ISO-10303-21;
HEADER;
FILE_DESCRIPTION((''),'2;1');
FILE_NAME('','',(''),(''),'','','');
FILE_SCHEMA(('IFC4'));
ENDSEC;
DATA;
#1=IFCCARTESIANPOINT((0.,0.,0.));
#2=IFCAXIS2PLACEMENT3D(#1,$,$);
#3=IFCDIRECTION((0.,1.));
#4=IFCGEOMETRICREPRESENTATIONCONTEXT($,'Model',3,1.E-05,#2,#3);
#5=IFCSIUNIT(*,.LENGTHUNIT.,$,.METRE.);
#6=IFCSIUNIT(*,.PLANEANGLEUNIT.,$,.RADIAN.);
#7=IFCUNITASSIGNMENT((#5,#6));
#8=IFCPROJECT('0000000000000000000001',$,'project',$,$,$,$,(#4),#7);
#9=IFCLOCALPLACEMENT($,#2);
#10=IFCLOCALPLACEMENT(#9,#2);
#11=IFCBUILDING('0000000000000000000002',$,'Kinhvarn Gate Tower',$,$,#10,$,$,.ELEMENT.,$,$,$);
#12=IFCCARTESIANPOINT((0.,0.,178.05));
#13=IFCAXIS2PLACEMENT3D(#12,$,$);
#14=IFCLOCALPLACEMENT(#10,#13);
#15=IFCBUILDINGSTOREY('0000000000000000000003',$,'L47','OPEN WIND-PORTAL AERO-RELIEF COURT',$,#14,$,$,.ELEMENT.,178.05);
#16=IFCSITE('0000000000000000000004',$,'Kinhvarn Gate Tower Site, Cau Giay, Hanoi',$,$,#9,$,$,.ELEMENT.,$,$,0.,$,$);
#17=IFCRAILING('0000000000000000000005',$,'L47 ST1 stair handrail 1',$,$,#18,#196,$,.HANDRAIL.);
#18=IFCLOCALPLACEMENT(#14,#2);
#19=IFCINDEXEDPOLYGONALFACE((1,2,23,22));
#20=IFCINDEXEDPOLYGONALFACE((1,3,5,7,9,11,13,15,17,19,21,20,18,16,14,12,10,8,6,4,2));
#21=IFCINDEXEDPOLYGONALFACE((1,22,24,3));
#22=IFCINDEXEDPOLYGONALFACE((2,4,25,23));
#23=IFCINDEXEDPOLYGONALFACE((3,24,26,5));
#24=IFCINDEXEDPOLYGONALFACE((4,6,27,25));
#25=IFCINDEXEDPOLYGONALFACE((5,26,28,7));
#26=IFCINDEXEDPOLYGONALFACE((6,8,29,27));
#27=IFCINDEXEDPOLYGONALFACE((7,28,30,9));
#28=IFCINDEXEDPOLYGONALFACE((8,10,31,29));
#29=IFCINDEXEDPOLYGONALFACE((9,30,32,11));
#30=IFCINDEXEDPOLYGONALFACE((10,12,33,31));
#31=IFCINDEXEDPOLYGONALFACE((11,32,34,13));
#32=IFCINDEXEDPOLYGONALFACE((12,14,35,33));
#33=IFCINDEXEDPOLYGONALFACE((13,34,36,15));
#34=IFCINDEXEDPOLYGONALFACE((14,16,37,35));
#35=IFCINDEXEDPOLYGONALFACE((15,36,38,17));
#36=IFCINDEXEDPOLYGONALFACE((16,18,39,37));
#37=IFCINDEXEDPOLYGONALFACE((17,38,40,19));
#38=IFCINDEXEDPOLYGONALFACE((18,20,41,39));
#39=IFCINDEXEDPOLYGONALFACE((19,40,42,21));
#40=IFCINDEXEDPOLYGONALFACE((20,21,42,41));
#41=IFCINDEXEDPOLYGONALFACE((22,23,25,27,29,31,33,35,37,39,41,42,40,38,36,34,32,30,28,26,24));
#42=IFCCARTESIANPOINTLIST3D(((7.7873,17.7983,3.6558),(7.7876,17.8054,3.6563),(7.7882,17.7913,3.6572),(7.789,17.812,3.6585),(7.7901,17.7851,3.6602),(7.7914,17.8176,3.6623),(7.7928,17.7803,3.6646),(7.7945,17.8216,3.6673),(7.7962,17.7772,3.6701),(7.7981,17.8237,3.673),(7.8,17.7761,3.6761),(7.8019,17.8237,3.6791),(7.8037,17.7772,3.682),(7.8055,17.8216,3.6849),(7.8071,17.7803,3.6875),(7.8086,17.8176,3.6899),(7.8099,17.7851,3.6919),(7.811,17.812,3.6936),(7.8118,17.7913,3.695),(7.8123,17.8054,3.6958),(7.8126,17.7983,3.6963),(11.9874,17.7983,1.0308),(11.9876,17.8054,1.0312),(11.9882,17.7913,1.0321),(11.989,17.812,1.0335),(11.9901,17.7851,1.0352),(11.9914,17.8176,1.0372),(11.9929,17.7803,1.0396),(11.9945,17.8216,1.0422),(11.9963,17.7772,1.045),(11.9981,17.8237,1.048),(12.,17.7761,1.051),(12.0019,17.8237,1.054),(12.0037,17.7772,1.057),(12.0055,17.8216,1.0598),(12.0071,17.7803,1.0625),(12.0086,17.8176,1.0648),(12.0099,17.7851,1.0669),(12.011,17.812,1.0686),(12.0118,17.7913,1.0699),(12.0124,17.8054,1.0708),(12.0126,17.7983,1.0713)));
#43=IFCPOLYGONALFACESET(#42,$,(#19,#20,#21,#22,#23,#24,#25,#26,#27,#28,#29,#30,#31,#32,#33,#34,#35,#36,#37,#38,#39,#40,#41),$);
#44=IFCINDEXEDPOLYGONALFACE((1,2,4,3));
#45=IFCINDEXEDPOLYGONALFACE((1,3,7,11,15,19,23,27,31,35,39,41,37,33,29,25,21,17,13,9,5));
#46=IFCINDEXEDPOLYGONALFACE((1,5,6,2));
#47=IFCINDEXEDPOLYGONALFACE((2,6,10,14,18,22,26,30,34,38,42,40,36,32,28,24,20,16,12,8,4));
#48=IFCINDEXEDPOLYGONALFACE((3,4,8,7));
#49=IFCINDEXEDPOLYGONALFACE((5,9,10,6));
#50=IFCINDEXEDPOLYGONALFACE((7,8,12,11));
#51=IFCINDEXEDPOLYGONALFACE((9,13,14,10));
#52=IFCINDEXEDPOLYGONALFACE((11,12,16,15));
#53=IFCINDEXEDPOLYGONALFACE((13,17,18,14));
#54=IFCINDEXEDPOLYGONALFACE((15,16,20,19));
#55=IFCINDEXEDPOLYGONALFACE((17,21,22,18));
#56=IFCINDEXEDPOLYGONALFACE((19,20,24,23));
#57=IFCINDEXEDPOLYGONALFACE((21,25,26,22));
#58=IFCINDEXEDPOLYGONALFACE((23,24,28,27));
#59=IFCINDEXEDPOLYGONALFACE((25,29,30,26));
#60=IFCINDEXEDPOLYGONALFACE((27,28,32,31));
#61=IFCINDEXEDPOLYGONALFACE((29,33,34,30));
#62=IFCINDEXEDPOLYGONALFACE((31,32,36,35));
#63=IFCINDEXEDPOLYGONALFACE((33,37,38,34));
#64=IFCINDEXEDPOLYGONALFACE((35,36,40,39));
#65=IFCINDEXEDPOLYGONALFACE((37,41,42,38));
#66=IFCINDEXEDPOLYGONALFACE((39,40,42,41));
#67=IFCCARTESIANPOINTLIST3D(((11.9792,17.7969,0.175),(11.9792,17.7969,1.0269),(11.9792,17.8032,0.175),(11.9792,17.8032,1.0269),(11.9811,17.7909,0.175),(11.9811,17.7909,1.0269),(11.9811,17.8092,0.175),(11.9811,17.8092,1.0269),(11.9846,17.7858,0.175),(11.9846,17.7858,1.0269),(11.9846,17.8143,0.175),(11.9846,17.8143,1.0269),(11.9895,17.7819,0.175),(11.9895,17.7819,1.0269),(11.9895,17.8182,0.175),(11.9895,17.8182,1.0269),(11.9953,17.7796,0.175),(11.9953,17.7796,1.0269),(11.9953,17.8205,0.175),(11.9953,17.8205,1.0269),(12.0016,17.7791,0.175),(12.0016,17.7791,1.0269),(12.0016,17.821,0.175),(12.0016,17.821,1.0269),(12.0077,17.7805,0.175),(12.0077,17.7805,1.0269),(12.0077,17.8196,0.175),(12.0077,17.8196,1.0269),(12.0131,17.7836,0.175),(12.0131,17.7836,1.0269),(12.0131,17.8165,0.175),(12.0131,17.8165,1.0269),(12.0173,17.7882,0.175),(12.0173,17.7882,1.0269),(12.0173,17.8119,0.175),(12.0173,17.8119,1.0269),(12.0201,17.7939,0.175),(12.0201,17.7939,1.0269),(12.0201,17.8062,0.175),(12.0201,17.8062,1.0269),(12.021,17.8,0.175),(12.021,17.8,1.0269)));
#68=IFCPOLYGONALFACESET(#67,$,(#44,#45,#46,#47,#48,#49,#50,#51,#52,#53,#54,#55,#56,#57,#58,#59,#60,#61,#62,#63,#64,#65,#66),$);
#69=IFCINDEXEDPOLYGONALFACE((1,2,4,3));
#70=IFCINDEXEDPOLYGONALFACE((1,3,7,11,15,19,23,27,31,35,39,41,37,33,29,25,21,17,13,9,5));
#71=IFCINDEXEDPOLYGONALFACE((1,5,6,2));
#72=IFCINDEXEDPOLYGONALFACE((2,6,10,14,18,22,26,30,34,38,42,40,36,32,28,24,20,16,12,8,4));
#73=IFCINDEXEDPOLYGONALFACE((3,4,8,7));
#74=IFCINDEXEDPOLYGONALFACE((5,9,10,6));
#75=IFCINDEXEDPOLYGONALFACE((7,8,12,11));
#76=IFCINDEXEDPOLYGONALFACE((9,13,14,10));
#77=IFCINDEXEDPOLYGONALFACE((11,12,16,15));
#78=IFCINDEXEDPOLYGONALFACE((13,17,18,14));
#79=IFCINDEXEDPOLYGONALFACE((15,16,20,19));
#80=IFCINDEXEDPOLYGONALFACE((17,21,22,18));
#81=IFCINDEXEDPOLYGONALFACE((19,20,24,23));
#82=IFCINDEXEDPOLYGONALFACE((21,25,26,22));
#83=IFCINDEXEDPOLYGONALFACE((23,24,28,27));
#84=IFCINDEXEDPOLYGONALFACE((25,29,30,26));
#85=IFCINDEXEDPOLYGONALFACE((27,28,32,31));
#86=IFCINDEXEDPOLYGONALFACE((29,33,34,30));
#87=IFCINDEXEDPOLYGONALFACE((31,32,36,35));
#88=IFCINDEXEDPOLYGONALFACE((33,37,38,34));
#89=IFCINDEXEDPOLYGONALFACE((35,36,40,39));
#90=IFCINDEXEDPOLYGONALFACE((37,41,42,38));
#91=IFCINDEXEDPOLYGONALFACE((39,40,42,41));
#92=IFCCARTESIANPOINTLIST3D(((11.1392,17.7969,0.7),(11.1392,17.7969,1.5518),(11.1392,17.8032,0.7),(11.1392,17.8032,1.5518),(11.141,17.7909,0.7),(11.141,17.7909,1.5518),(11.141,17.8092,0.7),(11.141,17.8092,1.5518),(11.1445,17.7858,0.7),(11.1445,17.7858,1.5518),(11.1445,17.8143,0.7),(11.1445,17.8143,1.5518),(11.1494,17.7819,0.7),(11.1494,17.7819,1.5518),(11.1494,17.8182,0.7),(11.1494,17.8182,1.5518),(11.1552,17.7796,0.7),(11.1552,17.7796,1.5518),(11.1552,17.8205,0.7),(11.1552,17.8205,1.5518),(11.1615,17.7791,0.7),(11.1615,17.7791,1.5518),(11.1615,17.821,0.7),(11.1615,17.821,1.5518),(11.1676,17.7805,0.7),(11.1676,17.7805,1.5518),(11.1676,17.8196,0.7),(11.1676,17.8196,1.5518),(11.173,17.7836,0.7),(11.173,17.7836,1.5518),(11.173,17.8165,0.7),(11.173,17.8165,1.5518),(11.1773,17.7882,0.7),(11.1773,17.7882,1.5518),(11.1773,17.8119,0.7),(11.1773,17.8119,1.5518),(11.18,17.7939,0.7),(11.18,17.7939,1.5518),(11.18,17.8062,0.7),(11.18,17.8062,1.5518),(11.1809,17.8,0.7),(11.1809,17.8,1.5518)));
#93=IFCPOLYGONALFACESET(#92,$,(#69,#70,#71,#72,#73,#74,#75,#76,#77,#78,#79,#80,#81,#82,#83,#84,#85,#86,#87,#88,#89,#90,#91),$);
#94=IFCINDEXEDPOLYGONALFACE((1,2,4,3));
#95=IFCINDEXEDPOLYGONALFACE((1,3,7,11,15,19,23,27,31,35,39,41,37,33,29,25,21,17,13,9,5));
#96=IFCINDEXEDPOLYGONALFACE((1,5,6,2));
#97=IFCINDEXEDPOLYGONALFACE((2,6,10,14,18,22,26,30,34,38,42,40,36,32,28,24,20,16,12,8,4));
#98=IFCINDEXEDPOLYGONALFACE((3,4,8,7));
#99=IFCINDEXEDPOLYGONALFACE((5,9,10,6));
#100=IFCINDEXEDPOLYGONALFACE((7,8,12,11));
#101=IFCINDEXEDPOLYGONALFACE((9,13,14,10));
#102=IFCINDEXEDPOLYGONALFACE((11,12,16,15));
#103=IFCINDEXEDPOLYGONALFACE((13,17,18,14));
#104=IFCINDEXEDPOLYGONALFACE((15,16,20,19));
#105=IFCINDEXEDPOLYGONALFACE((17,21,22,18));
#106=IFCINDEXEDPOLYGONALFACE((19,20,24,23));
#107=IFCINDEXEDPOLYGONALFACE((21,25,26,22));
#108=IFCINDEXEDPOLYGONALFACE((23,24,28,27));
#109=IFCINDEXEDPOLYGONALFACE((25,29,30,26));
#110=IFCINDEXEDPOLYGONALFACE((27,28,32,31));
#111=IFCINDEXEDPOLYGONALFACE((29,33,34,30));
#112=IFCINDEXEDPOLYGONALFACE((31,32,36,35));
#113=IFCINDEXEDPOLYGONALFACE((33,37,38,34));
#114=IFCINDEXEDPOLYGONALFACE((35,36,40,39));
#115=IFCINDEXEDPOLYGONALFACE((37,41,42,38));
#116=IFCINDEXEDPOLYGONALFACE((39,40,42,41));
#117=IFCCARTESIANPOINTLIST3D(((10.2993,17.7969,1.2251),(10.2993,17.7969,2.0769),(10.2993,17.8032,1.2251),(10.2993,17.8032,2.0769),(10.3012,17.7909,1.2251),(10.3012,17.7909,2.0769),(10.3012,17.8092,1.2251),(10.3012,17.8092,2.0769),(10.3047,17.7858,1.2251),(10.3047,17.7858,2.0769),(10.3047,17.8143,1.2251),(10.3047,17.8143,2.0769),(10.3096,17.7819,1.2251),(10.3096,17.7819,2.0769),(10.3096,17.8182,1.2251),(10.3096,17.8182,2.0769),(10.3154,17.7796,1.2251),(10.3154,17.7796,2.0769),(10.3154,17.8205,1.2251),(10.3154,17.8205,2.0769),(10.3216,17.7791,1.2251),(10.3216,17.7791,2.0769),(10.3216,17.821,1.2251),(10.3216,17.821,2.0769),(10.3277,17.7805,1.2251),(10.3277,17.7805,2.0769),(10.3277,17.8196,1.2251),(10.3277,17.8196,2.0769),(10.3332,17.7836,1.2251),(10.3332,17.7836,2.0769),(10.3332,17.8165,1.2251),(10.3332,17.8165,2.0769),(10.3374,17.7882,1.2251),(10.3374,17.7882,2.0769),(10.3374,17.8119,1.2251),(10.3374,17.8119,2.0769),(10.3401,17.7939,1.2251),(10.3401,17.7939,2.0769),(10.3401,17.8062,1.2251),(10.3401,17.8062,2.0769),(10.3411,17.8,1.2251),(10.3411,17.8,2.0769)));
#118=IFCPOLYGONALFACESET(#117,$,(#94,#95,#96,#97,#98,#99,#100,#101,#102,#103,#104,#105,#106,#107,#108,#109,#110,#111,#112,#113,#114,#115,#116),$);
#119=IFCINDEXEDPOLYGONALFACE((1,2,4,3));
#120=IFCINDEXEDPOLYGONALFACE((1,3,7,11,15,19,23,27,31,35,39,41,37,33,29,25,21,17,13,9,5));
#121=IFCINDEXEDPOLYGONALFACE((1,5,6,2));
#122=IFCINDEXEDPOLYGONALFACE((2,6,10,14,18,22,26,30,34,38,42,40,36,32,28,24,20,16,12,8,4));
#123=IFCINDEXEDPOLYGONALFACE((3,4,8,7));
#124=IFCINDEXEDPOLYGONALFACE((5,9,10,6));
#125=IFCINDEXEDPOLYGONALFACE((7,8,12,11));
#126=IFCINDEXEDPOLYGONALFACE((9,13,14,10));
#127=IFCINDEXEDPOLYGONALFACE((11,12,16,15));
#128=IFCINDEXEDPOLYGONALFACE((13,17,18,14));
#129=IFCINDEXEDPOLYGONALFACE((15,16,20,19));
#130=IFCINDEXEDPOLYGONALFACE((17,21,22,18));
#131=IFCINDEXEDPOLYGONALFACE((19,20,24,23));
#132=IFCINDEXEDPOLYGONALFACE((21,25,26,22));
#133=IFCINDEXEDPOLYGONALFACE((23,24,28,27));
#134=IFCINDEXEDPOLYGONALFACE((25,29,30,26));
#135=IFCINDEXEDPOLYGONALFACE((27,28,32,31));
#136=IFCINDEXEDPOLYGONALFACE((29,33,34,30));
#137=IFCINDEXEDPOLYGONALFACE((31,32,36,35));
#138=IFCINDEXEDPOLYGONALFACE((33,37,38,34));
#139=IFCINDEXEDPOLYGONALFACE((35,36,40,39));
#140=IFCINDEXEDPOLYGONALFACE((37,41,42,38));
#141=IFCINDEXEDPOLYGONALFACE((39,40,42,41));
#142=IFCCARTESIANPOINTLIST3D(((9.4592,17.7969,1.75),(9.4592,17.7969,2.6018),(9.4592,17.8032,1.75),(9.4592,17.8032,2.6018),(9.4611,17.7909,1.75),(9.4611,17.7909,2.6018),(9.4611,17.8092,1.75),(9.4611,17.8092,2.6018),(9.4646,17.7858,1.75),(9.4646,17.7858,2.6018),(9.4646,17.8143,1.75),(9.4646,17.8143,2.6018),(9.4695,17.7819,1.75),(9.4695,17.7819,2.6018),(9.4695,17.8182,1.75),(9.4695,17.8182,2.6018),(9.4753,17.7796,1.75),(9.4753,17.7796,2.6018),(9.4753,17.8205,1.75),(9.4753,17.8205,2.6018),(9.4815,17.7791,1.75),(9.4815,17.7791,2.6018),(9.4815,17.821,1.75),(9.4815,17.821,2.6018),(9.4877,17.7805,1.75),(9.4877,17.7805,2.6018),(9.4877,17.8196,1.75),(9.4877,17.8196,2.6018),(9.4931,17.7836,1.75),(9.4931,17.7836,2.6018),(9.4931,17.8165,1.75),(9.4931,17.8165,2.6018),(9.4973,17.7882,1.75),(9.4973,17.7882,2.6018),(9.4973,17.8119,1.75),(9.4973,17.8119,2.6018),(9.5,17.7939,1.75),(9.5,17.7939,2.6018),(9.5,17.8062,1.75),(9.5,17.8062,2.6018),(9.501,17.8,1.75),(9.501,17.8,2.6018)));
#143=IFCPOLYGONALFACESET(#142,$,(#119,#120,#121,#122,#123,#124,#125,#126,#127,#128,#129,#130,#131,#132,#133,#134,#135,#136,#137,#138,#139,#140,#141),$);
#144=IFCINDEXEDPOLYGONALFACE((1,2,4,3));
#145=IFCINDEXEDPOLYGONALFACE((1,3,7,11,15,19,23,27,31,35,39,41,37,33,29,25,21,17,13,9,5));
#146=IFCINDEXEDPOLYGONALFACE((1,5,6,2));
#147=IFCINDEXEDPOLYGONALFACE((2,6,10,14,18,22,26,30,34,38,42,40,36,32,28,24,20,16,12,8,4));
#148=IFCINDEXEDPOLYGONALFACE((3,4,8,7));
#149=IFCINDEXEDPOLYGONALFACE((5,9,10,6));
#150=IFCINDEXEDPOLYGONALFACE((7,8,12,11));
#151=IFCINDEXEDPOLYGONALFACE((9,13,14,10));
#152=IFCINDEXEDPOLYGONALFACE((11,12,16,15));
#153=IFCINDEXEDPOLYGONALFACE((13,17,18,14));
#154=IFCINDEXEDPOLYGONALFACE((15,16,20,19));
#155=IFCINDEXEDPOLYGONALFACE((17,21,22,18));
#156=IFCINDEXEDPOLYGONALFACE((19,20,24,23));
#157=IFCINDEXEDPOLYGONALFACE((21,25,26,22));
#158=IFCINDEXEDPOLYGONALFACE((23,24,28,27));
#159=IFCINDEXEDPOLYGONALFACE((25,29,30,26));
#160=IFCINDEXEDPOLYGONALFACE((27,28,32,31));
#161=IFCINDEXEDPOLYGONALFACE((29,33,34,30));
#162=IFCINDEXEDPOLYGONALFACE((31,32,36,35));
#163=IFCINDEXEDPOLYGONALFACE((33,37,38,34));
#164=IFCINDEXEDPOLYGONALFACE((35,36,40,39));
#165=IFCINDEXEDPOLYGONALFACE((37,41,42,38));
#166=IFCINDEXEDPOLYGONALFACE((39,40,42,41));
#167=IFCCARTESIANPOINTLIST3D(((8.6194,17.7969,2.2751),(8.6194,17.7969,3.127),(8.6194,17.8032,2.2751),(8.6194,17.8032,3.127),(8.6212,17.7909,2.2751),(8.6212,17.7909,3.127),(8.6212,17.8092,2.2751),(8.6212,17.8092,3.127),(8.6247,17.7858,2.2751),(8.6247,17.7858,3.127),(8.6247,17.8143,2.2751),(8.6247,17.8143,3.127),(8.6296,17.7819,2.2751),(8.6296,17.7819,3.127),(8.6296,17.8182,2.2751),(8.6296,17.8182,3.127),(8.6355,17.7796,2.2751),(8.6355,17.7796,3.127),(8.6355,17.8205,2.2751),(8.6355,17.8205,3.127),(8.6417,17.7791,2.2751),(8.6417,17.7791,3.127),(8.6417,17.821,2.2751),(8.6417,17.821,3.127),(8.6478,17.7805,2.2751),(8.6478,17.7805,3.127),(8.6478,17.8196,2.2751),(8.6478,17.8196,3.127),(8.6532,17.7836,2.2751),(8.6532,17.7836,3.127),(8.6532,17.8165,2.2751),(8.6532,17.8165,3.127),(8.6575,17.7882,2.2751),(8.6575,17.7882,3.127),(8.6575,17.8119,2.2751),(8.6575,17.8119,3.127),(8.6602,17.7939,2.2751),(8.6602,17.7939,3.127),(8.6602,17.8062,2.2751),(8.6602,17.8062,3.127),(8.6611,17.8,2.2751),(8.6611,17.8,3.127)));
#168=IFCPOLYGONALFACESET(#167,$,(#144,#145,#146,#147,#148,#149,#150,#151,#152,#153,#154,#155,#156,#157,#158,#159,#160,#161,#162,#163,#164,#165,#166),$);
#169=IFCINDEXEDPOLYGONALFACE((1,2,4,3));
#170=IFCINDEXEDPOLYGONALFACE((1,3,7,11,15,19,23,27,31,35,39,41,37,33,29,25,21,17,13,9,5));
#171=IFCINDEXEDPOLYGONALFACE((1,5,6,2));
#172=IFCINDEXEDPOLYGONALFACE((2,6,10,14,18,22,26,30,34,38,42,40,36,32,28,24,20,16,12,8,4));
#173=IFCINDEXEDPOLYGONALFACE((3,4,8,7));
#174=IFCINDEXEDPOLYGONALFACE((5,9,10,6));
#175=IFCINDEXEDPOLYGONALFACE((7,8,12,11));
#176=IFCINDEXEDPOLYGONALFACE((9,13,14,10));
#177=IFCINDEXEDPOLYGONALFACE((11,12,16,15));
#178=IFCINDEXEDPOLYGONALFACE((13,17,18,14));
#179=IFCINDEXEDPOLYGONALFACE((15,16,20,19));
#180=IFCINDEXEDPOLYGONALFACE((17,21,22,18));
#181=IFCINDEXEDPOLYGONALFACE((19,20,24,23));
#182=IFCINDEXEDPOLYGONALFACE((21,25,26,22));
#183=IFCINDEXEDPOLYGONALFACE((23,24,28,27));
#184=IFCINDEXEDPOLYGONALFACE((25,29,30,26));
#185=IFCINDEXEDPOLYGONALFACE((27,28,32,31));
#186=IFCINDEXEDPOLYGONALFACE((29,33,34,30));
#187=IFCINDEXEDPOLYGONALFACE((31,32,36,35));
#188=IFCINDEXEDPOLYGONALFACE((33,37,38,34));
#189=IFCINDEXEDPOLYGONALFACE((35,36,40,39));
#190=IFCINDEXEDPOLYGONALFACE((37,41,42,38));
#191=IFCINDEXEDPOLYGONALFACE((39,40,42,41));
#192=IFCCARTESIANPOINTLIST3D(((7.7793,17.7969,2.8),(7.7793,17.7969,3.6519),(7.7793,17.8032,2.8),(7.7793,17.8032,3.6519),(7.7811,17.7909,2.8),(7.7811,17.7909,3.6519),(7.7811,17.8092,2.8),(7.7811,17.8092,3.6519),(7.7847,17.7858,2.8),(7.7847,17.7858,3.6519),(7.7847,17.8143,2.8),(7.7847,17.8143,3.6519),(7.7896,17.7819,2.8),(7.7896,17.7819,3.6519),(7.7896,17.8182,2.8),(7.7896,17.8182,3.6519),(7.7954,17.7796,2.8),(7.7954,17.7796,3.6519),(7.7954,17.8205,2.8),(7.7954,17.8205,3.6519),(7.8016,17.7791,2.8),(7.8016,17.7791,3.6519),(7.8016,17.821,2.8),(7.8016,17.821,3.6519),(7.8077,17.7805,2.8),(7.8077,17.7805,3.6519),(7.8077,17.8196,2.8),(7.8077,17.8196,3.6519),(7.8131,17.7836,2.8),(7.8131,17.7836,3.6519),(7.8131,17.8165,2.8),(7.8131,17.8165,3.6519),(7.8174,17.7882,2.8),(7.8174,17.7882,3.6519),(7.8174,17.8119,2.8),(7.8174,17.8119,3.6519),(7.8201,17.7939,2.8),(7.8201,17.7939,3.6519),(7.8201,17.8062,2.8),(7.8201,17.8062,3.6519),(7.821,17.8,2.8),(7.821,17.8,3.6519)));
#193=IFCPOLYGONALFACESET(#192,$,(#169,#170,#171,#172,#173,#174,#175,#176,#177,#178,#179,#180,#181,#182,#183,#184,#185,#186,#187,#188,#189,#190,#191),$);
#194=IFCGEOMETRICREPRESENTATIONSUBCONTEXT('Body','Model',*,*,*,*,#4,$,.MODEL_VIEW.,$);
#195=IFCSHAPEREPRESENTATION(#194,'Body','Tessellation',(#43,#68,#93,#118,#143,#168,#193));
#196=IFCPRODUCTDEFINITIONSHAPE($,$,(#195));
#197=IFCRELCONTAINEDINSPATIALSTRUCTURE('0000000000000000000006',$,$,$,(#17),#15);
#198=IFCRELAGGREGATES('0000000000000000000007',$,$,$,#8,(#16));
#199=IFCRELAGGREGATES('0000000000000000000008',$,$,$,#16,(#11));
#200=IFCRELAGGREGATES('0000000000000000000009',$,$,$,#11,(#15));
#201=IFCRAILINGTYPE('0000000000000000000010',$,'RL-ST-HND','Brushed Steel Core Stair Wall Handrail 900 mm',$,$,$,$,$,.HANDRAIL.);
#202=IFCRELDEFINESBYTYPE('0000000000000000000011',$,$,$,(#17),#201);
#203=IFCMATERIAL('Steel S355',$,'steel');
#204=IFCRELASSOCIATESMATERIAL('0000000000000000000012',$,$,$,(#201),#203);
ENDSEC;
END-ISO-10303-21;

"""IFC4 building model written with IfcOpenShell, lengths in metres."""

from ifc_helpers import new_model, si_unit, direction, frame, origin, origin_2d, place, context, subcontext, project, spatial, circle, extrude, material, type_object, element, save


model = new_model("IFC4")

# Units and contexts
model_context = context("Model", 3, precision=1e-05, world=origin(), true_north=direction((0.0, 1.0)))
body_context = subcontext(model_context, "Body", "Model", "MODEL_VIEW")
ifc_project = project(units=[si_unit("LENGTHUNIT", "METRE"), si_unit("PLANEANGLEUNIT", "RADIAN")], contexts=[model_context])

# Site, building, storey
site_placement = place(None, origin())
site = spatial("IfcSite", under=ifc_project, at=site_placement, Name="Kinhvarn Gate Tower Site, Cau Giay, Hanoi", CompositionType="ELEMENT", RefElevation=0.0)
building_placement = place(site_placement, origin())
building = spatial("IfcBuilding", under=site, at=building_placement, Name="Kinhvarn Gate Tower", CompositionType="ELEMENT")
storey_placement = place(building_placement, frame((0.0, 0.0, 178.05)))
storey = spatial("IfcBuildingStorey", under=building, at=storey_placement, Name="L47", Description="OPEN WIND-PORTAL AERO-RELIEF COURT", CompositionType="ELEMENT", Elevation=178.05)

# Shared definitions
ifc_material_1 = material(Name="Steel S355", Category="steel")

# Railing
railing_type_1 = type_object("IfcRailingType", Name="RL-ST-HND", Description="Brushed Steel Core Stair Wall Handrail 900 mm", PredefinedType="HANDRAIL", material=ifc_material_1)
railing_1_placement = place(storey_placement, frame((12.0, 17.8, 0.175)))
element("IfcRailing", 1, at=railing_1_placement, inside=storey, type_object=railing_type_1, Name="L47 ST1 stair handrail 1", PredefinedType="HANDRAIL", context=body_context, shape_type="SweptSolid", body=[
    extrude(circle(Radius=0.0239, at=origin_2d()), frame((0.0, 0.0, 0.876), z_axis=(-0.847996, 0.0, 0.530003), x_axis=(0.0, -1.0, 0.0)), (0.0, 0.0, 1.0), 4.9529),
    extrude(circle(Radius=0.021, at=origin_2d()), origin(), (0.0, 0.0, 1.0), 0.8518),
    extrude(circle(Radius=0.021, at=origin_2d()), frame((-0.8401, 0.0, 0.5249)), (0.0, 0.0, 1.0), 0.8518),
    extrude(circle(Radius=0.021, at=origin_2d()), frame((-1.6799, 0.0, 1.05)), (0.0, 0.0, 1.0), 0.8518),
    extrude(circle(Radius=0.021, at=origin_2d()), frame((-2.52, 0.0, 1.575)), (0.0, 0.0, 1.0), 0.8518),
    extrude(circle(Radius=0.021, at=origin_2d()), frame((-3.3599, 0.0, 2.1001)), (0.0, 0.0, 1.0), 0.8518),
    extrude(circle(Radius=0.021, at=origin_2d()), frame((-4.2, 0.0, 2.625)), (0.0, 0.0, 1.0), 0.8518),
])

save(model, "model.ifc")
